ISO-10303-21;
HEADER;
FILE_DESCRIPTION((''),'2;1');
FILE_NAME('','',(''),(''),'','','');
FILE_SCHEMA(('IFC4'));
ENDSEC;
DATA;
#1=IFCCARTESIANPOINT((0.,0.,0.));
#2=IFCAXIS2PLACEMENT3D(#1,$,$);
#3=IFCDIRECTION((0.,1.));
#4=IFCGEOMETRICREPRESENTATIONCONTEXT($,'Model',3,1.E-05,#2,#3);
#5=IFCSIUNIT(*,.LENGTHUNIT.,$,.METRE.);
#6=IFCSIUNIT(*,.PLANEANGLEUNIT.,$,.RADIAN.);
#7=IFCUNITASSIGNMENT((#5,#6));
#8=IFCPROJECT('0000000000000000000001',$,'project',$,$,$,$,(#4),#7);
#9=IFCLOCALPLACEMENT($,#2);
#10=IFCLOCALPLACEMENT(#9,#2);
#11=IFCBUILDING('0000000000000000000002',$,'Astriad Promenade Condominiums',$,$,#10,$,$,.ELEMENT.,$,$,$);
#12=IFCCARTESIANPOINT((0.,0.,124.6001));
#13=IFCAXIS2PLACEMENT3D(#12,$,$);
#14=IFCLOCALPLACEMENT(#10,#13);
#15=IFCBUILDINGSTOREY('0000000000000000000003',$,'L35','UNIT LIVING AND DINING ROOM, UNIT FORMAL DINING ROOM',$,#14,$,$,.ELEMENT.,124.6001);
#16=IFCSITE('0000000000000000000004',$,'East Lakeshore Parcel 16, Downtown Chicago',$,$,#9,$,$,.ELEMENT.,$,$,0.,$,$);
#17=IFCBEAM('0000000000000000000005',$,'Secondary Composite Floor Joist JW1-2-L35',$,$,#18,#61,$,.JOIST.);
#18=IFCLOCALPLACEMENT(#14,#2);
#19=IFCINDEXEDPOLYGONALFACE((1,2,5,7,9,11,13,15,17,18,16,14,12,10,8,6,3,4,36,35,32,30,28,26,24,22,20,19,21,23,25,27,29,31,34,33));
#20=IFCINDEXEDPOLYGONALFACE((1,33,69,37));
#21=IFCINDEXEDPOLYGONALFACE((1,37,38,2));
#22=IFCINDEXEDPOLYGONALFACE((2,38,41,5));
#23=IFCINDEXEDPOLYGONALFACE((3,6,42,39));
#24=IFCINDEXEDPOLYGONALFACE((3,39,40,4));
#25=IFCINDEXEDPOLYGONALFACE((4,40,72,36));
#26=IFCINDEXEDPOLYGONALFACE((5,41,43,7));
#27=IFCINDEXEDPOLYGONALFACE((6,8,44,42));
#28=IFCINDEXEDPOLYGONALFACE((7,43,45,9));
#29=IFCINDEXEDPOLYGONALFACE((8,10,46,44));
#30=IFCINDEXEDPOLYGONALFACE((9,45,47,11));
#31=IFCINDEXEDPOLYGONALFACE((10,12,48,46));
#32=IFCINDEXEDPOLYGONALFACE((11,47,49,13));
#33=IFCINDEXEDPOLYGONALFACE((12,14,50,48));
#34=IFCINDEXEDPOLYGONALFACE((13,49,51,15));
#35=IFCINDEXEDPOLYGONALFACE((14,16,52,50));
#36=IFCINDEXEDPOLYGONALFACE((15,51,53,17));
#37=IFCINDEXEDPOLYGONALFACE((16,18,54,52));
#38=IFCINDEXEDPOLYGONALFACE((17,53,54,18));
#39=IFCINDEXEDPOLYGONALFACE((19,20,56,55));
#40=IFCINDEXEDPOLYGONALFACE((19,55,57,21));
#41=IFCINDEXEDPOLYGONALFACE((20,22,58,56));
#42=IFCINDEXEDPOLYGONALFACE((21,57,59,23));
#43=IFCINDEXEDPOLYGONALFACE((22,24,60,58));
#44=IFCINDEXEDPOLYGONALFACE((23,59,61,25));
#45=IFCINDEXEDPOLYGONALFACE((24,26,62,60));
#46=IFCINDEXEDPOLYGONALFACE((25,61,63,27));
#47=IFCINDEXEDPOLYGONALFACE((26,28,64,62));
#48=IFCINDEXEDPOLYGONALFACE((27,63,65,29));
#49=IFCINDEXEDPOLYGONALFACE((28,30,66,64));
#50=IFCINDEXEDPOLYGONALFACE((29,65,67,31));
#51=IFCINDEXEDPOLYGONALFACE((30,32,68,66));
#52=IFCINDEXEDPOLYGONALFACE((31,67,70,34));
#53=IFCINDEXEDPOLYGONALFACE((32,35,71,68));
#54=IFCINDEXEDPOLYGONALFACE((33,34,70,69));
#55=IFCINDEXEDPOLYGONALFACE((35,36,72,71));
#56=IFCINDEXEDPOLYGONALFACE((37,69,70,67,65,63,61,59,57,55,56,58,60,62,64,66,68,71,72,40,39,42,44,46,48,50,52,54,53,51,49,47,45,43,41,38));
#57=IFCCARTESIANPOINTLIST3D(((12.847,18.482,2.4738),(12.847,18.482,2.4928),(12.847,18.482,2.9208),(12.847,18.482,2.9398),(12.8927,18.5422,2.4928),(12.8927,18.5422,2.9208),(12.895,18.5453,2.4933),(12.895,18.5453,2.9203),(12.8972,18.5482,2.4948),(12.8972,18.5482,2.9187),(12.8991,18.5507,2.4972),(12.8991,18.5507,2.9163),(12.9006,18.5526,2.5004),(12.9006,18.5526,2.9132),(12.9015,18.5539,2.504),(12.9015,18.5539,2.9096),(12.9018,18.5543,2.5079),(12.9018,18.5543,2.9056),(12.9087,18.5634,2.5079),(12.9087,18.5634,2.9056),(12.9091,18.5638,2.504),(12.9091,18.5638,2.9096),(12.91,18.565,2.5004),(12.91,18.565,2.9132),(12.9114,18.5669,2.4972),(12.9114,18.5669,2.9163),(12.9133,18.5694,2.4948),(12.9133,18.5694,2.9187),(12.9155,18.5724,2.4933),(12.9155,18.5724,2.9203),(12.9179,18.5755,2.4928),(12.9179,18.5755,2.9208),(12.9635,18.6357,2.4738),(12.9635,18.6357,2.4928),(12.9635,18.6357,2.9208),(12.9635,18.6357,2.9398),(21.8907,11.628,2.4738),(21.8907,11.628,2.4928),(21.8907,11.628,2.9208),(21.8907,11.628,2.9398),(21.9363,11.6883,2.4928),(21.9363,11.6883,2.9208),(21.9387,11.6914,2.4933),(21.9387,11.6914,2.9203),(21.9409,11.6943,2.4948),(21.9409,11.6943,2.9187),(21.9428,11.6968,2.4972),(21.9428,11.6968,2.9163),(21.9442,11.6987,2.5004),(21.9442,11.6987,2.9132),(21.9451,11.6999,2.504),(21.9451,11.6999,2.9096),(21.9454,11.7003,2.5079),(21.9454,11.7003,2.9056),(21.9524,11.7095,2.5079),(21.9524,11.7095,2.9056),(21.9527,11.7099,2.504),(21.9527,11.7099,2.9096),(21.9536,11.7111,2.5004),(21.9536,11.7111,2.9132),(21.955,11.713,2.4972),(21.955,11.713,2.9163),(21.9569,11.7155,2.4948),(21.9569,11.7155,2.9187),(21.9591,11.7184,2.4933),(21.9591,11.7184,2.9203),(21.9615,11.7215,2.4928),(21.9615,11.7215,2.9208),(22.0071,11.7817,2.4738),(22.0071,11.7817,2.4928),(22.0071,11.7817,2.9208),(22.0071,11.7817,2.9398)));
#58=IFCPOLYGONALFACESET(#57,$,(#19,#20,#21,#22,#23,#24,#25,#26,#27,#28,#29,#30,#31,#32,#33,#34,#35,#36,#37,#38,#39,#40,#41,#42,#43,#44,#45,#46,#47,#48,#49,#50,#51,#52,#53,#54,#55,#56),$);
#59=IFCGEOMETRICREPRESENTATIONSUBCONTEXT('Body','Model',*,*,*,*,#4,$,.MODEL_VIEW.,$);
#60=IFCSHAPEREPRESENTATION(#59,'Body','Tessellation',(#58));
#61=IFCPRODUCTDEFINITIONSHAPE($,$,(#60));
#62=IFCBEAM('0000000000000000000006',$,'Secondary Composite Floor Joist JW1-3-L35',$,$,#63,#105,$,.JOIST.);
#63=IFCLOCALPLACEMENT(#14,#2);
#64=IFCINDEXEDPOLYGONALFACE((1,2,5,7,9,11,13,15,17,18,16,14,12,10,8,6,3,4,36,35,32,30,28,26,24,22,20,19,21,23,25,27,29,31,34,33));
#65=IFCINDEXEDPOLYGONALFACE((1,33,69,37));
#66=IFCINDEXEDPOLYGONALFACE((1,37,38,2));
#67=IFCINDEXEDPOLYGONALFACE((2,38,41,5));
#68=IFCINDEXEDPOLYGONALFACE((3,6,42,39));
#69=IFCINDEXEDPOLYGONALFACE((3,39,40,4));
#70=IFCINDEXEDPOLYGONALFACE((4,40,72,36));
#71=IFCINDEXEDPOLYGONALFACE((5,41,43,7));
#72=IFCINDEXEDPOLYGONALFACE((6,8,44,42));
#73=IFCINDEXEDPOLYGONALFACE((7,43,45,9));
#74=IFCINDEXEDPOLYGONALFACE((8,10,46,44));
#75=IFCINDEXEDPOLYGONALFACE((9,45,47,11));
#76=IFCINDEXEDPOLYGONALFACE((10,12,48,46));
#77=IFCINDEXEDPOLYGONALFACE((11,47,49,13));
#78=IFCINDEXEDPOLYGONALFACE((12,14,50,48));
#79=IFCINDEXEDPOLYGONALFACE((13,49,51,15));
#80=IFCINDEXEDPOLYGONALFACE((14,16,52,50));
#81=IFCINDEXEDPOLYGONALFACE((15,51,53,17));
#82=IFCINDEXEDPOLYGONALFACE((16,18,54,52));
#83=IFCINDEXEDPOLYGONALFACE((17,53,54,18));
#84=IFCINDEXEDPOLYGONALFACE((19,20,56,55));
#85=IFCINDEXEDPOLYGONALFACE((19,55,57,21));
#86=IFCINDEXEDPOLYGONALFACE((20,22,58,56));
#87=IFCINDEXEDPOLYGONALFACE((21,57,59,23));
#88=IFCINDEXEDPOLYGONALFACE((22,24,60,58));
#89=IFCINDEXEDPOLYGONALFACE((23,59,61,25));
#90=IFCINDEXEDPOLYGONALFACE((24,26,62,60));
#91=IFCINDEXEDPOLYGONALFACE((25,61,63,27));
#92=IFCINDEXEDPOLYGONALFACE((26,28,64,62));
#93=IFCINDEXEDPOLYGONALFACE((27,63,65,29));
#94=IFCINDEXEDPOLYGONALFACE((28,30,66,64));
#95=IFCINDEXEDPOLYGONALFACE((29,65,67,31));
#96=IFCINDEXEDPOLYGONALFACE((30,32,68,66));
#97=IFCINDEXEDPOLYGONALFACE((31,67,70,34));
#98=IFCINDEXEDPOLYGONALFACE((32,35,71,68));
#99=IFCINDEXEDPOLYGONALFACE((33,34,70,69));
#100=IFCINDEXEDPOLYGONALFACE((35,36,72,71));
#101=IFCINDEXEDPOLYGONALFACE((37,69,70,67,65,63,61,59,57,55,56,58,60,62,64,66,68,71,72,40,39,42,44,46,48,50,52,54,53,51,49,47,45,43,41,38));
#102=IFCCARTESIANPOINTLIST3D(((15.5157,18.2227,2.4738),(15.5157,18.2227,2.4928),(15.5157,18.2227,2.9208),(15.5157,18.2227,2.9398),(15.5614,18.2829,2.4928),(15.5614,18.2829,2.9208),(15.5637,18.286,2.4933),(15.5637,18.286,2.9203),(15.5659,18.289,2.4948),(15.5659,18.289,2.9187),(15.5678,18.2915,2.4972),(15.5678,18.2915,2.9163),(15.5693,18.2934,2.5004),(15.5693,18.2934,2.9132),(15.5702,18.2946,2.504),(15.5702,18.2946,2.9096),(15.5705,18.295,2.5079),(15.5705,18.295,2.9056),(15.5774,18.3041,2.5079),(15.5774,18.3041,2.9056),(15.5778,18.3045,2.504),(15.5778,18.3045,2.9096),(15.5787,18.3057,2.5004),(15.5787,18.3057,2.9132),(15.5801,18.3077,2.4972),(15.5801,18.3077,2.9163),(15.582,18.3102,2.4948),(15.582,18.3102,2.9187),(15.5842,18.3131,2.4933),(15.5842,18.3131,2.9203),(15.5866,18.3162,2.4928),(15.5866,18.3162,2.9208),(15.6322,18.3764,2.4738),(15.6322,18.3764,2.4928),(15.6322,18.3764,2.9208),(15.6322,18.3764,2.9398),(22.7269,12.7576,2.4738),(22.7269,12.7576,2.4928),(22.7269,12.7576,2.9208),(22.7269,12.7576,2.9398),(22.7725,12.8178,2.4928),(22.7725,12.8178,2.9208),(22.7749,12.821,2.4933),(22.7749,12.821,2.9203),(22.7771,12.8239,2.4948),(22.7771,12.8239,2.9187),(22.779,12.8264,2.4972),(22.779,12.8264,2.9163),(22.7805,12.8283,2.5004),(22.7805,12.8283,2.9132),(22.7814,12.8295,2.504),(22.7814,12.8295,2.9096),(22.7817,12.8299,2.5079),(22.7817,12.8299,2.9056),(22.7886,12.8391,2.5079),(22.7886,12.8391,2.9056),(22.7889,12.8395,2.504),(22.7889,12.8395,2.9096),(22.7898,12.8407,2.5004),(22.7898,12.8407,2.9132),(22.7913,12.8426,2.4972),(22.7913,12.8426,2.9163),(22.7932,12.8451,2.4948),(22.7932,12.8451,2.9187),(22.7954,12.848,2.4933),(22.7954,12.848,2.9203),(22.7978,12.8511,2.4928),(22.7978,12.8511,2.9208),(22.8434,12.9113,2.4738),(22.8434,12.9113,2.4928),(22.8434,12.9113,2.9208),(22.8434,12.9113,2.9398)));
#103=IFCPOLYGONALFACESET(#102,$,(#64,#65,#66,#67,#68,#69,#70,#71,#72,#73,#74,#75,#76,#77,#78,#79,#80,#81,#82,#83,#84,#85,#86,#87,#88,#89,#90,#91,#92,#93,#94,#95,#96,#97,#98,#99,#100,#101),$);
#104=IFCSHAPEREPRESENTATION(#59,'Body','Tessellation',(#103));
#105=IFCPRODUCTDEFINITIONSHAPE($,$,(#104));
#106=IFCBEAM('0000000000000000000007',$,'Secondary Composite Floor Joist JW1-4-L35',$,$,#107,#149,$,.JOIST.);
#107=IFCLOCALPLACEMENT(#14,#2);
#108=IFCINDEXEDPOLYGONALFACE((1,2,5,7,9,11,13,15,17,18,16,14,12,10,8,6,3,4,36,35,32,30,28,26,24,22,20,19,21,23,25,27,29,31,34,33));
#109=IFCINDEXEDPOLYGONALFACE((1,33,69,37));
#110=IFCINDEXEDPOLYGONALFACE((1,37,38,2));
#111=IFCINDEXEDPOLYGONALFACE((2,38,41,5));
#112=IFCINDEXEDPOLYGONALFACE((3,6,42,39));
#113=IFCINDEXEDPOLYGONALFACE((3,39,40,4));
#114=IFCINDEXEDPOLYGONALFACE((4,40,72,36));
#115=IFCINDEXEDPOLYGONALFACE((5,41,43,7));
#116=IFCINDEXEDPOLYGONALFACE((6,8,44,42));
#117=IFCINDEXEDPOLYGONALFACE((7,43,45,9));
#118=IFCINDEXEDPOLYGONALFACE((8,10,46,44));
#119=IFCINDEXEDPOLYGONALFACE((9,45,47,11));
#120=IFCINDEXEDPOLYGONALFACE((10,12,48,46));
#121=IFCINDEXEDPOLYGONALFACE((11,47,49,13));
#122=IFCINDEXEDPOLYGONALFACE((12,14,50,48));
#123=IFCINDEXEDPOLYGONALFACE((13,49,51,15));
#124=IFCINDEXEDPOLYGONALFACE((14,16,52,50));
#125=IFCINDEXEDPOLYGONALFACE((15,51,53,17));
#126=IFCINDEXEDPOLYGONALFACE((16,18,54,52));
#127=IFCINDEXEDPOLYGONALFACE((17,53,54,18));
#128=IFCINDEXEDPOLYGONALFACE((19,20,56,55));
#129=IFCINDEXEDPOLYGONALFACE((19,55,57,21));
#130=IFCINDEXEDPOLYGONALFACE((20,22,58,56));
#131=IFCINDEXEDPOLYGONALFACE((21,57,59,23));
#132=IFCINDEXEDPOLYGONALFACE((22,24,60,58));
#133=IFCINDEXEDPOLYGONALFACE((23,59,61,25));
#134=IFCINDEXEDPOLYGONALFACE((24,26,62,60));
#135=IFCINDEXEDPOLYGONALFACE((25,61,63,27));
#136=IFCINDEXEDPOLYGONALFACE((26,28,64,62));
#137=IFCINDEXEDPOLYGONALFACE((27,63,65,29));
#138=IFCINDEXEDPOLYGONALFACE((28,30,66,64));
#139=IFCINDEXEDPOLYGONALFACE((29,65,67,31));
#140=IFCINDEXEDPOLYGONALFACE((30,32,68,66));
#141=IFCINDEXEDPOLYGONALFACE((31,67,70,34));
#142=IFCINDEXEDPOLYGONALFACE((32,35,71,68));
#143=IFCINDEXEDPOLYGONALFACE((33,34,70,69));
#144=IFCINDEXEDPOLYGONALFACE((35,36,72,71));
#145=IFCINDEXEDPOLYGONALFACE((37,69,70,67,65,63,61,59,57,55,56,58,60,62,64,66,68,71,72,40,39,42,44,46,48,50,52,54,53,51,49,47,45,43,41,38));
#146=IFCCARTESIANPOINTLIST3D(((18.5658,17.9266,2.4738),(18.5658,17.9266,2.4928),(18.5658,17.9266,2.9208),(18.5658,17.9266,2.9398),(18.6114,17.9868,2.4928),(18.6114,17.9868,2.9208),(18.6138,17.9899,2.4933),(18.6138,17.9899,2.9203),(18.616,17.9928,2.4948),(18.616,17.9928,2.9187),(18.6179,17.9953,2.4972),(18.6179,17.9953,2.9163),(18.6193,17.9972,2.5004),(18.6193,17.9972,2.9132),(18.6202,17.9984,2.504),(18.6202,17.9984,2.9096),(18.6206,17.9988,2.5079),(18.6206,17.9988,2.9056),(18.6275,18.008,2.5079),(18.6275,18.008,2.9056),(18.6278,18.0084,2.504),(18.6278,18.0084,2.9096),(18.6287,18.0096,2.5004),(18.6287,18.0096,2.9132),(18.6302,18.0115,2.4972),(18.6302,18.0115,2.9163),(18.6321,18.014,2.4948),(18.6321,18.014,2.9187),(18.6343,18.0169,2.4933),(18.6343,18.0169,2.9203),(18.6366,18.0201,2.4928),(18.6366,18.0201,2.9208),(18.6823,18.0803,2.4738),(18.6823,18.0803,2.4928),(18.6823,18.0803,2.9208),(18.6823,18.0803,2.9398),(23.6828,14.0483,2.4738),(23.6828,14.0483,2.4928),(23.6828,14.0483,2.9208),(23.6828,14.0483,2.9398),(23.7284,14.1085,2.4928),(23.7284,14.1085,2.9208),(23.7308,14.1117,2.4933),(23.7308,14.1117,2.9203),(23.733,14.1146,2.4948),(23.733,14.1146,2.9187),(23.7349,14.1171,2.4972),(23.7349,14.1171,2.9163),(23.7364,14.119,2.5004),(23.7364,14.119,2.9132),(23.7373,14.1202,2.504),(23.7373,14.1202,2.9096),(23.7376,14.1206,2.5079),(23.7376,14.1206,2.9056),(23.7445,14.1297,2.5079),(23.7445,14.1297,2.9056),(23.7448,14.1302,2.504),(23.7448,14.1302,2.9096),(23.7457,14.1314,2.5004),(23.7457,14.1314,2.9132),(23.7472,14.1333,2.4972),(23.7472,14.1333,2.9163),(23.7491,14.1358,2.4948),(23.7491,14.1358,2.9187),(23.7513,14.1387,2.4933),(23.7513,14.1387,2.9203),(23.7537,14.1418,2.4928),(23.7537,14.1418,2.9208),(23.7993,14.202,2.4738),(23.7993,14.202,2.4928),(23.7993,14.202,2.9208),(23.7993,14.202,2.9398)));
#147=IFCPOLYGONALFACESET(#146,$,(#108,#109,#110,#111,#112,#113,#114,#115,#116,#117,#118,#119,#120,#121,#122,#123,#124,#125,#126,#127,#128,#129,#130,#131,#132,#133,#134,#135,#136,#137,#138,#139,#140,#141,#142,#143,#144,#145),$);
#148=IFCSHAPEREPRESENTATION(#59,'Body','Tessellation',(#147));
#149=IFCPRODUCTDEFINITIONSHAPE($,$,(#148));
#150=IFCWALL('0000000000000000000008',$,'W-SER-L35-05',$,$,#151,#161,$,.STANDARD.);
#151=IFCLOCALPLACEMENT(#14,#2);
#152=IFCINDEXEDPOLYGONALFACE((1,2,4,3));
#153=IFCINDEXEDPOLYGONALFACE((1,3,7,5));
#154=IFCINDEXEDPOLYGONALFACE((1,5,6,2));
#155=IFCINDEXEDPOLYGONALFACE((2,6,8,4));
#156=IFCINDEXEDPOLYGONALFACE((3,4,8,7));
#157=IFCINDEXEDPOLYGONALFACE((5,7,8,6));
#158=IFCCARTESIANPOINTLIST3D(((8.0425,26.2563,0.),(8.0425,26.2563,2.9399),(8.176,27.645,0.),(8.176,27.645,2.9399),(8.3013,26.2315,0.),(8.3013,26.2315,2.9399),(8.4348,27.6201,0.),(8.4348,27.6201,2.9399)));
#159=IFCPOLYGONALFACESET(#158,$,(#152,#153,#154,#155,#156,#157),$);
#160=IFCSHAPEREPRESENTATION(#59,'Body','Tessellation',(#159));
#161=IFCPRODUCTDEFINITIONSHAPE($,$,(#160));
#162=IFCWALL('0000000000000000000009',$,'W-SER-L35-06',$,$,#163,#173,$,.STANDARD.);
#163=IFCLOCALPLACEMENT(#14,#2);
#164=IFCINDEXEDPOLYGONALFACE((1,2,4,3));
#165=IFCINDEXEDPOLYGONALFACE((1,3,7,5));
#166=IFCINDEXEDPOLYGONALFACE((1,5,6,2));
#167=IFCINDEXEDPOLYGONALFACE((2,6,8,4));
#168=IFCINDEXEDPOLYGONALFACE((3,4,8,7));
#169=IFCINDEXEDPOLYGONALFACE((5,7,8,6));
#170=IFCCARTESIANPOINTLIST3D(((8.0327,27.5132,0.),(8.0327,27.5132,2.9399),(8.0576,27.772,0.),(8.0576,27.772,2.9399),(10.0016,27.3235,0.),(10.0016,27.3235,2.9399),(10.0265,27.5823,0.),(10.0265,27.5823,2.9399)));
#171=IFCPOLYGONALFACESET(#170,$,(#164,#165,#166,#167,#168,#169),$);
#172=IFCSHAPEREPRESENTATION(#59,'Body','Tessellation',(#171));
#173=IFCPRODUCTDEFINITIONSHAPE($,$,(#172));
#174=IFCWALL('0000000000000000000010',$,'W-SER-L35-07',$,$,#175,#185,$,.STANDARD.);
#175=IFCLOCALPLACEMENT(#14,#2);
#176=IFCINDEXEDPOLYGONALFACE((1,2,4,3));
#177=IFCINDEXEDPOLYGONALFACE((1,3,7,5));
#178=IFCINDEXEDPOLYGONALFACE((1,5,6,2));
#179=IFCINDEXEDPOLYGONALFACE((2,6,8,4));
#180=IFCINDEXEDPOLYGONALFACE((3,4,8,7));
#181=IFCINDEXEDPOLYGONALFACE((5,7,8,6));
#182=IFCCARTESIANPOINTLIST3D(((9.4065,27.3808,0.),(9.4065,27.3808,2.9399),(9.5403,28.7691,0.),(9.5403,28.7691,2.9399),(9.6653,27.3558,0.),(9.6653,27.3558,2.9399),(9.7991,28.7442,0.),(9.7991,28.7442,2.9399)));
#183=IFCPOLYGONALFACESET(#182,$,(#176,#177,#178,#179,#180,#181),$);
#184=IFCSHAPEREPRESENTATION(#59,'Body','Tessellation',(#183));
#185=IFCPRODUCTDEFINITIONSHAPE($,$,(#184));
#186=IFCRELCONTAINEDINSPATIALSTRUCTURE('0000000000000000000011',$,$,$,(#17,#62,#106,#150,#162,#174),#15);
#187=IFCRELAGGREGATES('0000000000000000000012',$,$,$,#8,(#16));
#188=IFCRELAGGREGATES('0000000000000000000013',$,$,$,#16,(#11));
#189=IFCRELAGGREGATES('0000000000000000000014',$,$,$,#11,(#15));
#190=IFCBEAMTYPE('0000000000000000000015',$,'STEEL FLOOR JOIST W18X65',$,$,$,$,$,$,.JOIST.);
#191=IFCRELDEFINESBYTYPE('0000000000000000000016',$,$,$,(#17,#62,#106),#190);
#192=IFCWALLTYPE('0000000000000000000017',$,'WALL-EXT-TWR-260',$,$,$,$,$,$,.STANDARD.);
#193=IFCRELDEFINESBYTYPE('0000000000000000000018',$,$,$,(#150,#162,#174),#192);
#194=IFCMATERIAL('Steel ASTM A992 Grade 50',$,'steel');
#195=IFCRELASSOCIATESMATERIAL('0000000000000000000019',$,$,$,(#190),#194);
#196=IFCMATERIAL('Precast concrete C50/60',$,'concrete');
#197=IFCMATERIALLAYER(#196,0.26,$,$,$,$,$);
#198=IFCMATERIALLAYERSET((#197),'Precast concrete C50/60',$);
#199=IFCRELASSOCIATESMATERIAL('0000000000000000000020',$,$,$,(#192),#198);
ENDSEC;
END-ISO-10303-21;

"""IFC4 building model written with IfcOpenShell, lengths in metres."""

from ifc_helpers import new_model, si_unit, direction, frame, frame_2d, origin, origin_2d, place, context, subcontext, project, spatial, rectangle, i_section, extrude, source, transform, mapped, material, layer, layer_set, material_profile, profile_set, type_object, element, save


model = new_model("IFC4")

# Units and contexts
model_context = context("Model", 3, precision=1e-05, world=origin(), true_north=direction((0.0, 1.0)))
body_context = subcontext(model_context, "Body", "Model", "MODEL_VIEW")
ifc_project = project(units=[si_unit("LENGTHUNIT", "METRE"), si_unit("PLANEANGLEUNIT", "RADIAN")], contexts=[model_context])

# Site, building, storey
site_placement = place(None, origin())
site = spatial("IfcSite", under=ifc_project, at=site_placement, Name="East Lakeshore Parcel 16, Downtown Chicago", CompositionType="ELEMENT", RefElevation=0.0)
building_placement = place(site_placement, origin())
building = spatial("IfcBuilding", under=site, at=building_placement, Name="Astriad Promenade Condominiums", CompositionType="ELEMENT")
storey_placement = place(building_placement, frame((0.0, 0.0, 124.6001)))
storey = spatial("IfcBuildingStorey", under=building, at=storey_placement, Name="L35", Description="UNIT LIVING AND DINING ROOM, UNIT FORMAL DINING ROOM", CompositionType="ELEMENT", Elevation=124.6001)

# Beams
ifc_material_1 = material(Name="Steel ASTM A992 Grade 50", Category="steel")
ifc_material_profile_1 = material_profile(ifc_material_1, i_section(OverallWidth=0.1929, OverallDepth=0.4661, WebThickness=0.0115, FlangeThickness=0.019, FilletRadius=0.0151, at=origin_2d()), Name="W18X65")
ifc_profile_set_1 = profile_set([ifc_material_profile_1], Name="Steel ASTM A992 Grade 50")
beam_type_1 = type_object("IfcBeamType", Name="STEEL FLOOR JOIST W18X65", PredefinedType="JOIST", material=ifc_profile_set_1)
shared_shape_1 = source(origin(), body_context, "Body", "SweptSolid", [
    extrude(i_section(OverallWidth=0.1929, OverallDepth=0.4661, WebThickness=0.0115, FlangeThickness=0.019, FilletRadius=0.0151, at=origin_2d()), origin(), (0.0, 0.0, 1.0), 11.3474),
])
beam_1_placement = place(storey_placement, frame((12.9053, 18.5588, 2.7068), z_axis=(0.796977, -0.60401, 0.0), x_axis=(0.60401, 0.796977, 0.0)))
element("IfcBeam", 1, at=beam_1_placement, inside=storey, type_object=beam_type_1, Name="Secondary Composite Floor Joist JW1-2-L35", PredefinedType="JOIST", context=body_context, shape_type="MappedRepresentation", body=[
    mapped(shared_shape_1, transform((0.0, 0.0, 0.0), scale=1.0)),
])
shared_shape_2 = source(origin(), body_context, "Body", "SweptSolid", [
    extrude(i_section(OverallWidth=0.1929, OverallDepth=0.4661, WebThickness=0.0115, FlangeThickness=0.019, FilletRadius=0.0151, at=origin_2d()), origin(), (0.0, 0.0, 1.0), 9.0481),
])
beam_2_placement = place(storey_placement, frame((15.574, 18.2996, 2.7068), z_axis=(0.796982, -0.604003, 0.0), x_axis=(0.604003, 0.796982, 0.0)))
element("IfcBeam", 2, at=beam_2_placement, inside=storey, type_object=beam_type_1, Name="Secondary Composite Floor Joist JW1-3-L35", PredefinedType="JOIST", context=body_context, shape_type="MappedRepresentation", body=[
    mapped(shared_shape_2, transform((0.0, 0.0, 0.0), scale=1.0)),
])
shared_shape_3 = source(origin(), body_context, "Body", "SweptSolid", [
    extrude(i_section(OverallWidth=0.1929, OverallDepth=0.4661, WebThickness=0.0115, FlangeThickness=0.019, FilletRadius=0.0151, at=origin_2d()), origin(), (0.0, 0.0, 1.0), 6.4207),
])
beam_3_placement = place(storey_placement, frame((18.624, 18.0034, 2.7068), z_axis=(0.796965, -0.604026, 0.0), x_axis=(0.604026, 0.796965, 0.0)))
element("IfcBeam", 3, at=beam_3_placement, inside=storey, type_object=beam_type_1, Name="Secondary Composite Floor Joist JW1-4-L35", PredefinedType="JOIST", context=body_context, shape_type="MappedRepresentation", body=[
    mapped(shared_shape_3, transform((0.0, 0.0, 0.0), scale=1.0)),
])

# Walls
ifc_material_2 = material(Name="Precast concrete C50/60", Category="concrete")
ifc_layer_1 = layer(ifc_material_2, 0.26)
ifc_layer_set_1 = layer_set([ifc_layer_1], Name="Precast concrete C50/60")
wall_type_1 = type_object("IfcWallType", Name="WALL-EXT-TWR-260", PredefinedType="STANDARD", material=ifc_layer_set_1)
wall_1_placement = place(storey_placement, frame((8.1719, 26.2439, 0.0), z_axis=(0.0, 0.0, 1.0), x_axis=(0.095726, 0.995408, 0.0)))
element("IfcWall", 4, at=wall_1_placement, inside=storey, type_object=wall_type_1, Name="W-SER-L35-05", PredefinedType="STANDARD", context=body_context, shape_type="SweptSolid", body=[
    extrude(rectangle(XDim=1.395, YDim=0.26, at=frame_2d((0.6975, 0.0))), origin(), (0.0, 0.0, 1.0), 2.9399),
])
wall_2_placement = place(storey_placement, frame((8.0452, 27.6426, 0.0), z_axis=(0.0, 0.0, 1.0), x_axis=(0.995391, -0.095898, 0.0)))
element("IfcWall", 5, at=wall_2_placement, inside=storey, type_object=wall_type_1, Name="W-SER-L35-06", PredefinedType="STANDARD", context=body_context, shape_type="SweptSolid", body=[
    extrude(rectangle(XDim=1.978, YDim=0.26, at=frame_2d((0.989, 0.0))), origin(), (0.0, 0.0, 1.0), 2.9399),
])
wall_3_placement = place(storey_placement, frame((9.5359, 27.3684, 0.0), z_axis=(0.0, 0.0, 1.0), x_axis=(0.095916, 0.995389, 0.0)))
element("IfcWall", 6, at=wall_3_placement, inside=storey, type_object=wall_type_1, Name="W-SER-L35-07", PredefinedType="STANDARD", context=body_context, shape_type="SweptSolid", body=[
    extrude(rectangle(XDim=1.3948, YDim=0.26, at=frame_2d((0.6973, 0.0))), origin(), (0.0, 0.0, 1.0), 2.9399),
])

save(model, "model.ifc")
